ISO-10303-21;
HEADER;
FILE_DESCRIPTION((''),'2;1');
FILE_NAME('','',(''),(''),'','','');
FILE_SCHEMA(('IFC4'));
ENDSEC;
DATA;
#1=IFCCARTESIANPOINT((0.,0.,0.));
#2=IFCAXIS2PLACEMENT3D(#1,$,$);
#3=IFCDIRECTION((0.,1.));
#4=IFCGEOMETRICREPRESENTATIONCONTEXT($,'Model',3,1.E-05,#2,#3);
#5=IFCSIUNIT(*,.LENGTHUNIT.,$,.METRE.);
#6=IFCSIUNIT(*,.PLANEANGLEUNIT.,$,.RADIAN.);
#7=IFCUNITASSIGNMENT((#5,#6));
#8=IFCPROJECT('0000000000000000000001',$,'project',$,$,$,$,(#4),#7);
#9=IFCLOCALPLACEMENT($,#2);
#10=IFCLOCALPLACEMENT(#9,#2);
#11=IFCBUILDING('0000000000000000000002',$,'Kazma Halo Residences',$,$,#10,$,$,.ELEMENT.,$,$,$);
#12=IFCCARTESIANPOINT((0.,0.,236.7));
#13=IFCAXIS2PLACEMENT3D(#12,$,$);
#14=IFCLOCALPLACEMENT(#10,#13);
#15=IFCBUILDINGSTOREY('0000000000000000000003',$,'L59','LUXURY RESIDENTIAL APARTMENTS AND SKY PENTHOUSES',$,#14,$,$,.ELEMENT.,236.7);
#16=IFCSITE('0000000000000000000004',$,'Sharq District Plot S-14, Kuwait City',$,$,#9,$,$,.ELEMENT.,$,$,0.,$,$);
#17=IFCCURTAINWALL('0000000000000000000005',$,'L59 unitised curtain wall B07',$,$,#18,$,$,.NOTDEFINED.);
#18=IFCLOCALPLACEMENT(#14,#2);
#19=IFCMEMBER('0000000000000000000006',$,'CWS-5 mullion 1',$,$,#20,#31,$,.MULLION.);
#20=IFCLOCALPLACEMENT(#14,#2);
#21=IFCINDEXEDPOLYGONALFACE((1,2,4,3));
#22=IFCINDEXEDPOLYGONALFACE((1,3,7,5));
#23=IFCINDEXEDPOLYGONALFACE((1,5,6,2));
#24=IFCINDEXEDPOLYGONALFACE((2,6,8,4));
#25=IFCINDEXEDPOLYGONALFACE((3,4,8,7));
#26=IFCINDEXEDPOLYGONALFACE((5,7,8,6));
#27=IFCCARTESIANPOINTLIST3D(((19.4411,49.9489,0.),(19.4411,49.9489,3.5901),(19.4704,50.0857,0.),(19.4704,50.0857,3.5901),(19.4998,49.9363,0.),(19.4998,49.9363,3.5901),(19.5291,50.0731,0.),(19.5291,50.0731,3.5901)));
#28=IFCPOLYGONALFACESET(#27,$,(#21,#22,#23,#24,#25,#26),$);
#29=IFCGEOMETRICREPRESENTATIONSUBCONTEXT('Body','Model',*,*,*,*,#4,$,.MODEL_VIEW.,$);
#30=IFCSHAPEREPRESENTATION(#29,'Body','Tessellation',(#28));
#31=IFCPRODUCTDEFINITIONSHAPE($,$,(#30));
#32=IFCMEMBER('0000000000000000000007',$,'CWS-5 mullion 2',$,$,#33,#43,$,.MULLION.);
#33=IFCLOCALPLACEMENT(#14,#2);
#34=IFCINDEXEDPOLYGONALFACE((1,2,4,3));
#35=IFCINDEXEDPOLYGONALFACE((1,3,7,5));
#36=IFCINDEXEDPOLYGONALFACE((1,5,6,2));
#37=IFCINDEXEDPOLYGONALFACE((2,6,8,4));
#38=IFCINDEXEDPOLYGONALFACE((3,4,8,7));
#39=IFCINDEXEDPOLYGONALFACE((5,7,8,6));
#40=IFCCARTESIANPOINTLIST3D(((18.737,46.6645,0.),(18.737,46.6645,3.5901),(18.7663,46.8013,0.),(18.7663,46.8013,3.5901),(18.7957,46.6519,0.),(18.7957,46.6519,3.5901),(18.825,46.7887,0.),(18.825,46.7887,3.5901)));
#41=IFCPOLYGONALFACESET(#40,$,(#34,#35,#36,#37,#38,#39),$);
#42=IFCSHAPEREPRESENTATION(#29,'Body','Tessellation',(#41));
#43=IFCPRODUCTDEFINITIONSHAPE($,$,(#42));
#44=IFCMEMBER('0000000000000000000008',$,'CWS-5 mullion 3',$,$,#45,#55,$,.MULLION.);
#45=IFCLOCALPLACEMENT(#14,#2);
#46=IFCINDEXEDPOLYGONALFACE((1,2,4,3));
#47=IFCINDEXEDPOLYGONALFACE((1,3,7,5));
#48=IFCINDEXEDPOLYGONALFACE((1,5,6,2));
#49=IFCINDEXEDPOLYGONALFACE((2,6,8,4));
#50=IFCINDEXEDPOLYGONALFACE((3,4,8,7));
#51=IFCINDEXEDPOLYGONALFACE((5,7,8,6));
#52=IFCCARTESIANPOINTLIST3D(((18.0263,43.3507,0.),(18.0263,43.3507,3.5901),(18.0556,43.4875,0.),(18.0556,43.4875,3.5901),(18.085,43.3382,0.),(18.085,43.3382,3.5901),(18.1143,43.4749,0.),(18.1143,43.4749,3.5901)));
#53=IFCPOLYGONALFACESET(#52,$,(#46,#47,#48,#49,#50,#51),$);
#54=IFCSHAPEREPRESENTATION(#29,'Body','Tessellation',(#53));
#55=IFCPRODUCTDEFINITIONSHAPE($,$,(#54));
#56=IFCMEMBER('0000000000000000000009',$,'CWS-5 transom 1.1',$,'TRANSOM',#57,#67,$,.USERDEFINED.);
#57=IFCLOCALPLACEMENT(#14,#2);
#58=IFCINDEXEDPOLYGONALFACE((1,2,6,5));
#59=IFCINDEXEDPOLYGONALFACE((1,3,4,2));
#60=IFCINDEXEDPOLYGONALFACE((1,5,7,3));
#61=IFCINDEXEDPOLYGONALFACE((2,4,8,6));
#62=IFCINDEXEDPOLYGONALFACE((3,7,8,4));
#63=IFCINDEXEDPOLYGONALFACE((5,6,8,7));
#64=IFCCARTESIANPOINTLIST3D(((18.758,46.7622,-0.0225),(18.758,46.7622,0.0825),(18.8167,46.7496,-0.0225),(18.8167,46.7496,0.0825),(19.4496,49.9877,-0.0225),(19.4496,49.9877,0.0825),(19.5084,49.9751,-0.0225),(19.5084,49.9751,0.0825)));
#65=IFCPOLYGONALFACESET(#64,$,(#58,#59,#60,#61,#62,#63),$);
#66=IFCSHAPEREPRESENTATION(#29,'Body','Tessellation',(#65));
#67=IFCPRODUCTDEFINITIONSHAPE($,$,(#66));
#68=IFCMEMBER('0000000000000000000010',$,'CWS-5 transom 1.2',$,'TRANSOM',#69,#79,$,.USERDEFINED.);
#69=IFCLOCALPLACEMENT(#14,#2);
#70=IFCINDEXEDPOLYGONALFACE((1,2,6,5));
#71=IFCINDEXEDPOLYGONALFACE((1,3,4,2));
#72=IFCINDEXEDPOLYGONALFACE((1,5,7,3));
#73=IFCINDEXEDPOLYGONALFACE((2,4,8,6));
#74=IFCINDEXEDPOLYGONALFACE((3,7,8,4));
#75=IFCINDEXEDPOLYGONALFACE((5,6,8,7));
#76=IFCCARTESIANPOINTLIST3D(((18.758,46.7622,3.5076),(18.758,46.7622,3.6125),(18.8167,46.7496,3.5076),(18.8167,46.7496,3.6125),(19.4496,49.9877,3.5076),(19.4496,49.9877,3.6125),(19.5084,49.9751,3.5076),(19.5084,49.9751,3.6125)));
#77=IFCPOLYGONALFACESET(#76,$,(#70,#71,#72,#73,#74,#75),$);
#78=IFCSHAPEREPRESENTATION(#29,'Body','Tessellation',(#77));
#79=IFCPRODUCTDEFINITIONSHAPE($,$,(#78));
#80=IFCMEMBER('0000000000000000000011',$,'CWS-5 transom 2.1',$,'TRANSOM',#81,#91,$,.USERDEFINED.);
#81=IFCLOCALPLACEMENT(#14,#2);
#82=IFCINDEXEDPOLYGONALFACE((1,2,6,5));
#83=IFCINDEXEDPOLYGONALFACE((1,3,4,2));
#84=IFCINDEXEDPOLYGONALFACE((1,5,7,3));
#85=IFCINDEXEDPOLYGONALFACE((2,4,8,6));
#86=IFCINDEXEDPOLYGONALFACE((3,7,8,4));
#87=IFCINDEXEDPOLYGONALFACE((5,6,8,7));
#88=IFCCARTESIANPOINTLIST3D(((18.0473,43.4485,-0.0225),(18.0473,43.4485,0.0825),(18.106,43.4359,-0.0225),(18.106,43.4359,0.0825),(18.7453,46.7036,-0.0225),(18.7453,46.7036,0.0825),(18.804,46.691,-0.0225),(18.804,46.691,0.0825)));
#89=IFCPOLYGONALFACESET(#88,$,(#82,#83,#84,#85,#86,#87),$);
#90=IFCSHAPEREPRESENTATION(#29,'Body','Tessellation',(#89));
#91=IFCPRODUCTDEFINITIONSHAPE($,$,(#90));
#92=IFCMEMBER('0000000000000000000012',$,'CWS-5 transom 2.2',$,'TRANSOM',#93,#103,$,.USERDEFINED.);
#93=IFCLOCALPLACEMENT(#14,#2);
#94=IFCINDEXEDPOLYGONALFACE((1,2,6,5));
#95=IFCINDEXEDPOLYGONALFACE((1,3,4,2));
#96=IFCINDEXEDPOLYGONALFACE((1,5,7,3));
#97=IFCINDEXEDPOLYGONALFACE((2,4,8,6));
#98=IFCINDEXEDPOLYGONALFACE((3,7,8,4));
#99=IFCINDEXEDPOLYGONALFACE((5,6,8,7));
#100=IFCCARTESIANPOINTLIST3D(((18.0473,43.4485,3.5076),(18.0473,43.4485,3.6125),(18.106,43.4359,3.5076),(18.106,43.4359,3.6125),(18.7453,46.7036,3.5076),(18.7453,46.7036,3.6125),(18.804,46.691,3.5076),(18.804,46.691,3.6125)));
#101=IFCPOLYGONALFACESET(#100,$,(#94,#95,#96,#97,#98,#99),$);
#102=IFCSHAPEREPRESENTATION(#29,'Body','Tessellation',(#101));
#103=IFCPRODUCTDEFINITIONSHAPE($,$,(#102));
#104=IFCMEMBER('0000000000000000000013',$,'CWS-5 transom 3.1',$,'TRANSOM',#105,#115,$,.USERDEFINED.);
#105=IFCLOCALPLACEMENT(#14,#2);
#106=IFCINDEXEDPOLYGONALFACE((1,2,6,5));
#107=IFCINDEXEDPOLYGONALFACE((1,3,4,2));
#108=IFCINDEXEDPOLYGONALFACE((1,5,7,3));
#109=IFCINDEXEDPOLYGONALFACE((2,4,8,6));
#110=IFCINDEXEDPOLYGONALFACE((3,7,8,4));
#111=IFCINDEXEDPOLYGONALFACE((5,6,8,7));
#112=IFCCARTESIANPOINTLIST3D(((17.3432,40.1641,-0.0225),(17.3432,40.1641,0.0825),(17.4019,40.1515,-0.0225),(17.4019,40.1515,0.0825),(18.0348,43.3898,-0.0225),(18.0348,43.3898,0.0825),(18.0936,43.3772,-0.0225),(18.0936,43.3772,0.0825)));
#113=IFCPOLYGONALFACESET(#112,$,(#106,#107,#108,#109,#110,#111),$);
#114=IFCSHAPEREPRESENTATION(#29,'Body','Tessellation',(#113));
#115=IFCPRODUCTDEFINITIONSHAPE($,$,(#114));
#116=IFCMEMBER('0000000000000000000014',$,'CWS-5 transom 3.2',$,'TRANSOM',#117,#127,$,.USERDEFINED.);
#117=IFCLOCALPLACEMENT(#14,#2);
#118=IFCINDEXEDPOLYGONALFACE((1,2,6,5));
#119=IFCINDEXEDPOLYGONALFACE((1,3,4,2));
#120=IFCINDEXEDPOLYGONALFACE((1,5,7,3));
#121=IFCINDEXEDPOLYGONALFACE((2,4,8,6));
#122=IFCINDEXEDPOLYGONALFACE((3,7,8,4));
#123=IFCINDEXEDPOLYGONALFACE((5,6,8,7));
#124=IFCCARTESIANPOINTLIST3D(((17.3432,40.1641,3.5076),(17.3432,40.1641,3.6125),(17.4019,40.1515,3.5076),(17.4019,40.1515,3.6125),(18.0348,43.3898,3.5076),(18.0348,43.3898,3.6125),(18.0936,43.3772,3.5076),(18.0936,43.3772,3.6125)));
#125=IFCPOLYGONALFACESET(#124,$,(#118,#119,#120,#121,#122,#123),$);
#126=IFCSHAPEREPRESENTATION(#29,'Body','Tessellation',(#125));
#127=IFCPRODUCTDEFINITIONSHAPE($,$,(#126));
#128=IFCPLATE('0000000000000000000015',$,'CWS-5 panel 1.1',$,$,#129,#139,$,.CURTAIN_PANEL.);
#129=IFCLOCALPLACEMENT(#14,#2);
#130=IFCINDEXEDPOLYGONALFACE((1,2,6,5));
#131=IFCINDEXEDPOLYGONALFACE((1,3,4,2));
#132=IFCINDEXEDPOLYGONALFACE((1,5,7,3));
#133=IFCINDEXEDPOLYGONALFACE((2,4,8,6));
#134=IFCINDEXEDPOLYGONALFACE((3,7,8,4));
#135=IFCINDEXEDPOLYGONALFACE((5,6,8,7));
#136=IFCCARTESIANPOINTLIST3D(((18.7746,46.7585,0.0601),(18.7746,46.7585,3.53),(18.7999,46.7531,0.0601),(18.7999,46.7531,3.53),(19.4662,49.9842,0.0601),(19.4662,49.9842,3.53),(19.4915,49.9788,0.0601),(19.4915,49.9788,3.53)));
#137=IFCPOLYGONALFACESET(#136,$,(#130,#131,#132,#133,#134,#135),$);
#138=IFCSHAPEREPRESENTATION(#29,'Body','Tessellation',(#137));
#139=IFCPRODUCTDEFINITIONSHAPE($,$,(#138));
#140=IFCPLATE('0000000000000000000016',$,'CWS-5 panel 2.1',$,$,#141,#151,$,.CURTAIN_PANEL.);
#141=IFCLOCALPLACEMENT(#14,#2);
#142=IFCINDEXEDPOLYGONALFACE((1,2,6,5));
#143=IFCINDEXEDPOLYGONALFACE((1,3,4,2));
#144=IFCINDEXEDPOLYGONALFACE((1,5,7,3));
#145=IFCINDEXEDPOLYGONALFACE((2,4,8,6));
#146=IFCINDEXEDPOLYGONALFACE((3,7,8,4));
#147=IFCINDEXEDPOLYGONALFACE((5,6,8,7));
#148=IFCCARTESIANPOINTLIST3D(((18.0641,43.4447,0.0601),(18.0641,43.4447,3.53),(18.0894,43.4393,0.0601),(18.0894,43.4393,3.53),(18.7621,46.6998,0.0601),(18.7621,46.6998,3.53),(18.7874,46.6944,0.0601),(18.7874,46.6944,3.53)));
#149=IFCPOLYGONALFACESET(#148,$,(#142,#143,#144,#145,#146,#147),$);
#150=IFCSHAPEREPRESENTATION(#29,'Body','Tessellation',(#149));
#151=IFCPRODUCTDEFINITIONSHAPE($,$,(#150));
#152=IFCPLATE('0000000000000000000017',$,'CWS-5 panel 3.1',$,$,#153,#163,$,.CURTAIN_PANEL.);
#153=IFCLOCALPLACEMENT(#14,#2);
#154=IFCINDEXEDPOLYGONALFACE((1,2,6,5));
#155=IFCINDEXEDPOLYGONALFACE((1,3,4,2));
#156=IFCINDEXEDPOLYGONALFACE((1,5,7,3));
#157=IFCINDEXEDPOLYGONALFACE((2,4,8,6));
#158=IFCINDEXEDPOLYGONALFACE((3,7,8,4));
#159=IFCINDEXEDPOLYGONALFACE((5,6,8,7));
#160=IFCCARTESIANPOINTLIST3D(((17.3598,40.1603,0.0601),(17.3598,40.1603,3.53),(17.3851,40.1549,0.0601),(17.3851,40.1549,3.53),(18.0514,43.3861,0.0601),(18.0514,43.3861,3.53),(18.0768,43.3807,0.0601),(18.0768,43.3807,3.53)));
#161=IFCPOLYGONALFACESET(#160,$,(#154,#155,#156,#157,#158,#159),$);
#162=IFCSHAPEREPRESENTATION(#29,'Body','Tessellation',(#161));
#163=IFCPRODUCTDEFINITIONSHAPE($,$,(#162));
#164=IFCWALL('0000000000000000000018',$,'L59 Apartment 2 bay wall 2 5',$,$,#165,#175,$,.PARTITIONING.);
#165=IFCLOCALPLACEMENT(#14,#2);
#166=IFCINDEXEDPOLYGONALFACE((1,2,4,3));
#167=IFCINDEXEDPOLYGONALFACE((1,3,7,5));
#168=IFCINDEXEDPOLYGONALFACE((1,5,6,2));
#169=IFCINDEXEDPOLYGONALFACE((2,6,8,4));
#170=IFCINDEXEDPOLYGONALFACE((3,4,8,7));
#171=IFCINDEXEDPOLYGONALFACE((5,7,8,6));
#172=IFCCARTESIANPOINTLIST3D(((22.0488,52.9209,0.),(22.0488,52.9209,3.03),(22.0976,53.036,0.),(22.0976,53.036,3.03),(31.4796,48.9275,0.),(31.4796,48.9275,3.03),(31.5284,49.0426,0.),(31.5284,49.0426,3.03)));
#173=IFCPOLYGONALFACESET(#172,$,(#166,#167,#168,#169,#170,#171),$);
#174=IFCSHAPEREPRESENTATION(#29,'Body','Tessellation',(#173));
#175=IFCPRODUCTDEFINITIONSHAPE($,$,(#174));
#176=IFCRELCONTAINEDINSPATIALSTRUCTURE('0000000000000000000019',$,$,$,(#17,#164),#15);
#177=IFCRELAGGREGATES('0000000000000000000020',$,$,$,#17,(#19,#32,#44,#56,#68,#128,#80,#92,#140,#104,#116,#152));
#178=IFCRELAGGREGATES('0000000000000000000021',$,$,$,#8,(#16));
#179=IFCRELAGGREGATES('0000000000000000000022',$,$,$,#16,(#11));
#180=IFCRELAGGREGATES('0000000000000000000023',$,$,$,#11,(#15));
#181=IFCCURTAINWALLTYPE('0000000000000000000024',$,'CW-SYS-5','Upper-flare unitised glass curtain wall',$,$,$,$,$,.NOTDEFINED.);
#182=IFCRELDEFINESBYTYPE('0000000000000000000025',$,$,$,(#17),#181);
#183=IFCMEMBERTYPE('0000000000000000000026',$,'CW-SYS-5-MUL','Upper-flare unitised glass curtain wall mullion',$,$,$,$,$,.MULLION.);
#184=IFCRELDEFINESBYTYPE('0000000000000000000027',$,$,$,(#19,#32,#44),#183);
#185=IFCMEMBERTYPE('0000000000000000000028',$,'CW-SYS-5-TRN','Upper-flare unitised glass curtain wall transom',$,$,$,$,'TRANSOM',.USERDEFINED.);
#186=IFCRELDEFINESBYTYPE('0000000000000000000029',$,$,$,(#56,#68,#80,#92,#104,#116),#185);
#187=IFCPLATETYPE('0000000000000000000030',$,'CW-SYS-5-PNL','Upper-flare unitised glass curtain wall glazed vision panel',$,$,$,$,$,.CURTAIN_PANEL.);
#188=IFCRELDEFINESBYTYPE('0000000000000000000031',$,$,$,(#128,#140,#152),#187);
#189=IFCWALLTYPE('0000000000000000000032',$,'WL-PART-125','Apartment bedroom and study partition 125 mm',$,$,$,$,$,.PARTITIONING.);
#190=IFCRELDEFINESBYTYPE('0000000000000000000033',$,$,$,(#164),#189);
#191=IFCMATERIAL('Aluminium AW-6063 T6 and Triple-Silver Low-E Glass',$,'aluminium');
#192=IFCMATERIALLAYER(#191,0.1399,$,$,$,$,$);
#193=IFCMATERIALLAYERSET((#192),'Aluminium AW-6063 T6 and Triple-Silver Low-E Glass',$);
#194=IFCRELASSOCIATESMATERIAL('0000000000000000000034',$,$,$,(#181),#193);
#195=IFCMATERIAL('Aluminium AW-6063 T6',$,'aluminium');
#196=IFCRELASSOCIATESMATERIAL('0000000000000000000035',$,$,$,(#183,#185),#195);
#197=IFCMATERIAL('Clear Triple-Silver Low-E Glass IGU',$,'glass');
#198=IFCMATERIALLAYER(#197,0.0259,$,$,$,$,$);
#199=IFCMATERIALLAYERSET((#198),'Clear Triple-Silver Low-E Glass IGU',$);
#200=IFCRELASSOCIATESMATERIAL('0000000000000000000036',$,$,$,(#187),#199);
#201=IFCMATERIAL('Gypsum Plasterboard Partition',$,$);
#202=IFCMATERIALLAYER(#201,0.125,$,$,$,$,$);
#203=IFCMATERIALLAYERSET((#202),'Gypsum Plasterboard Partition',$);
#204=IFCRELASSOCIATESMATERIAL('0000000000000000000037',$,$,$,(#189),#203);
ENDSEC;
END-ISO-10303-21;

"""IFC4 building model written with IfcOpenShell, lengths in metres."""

from ifc_helpers import new_model, si_unit, direction, frame, frame_2d, origin, origin_2d, place, context, subcontext, project, spatial, rectangle, extrude, material, layer, layer_set, material_profile, profile_set, type_object, element, aggregate, save


model = new_model("IFC4")

# Units and contexts
model_context = context("Model", 3, precision=1e-05, world=origin(), true_north=direction((0.0, 1.0)))
body_context = subcontext(model_context, "Body", "Model", "MODEL_VIEW")
ifc_project = project(units=[si_unit("LENGTHUNIT", "METRE"), si_unit("PLANEANGLEUNIT", "RADIAN")], contexts=[model_context])

# Site, building, storey
site_placement = place(None, origin())
site = spatial("IfcSite", under=ifc_project, at=site_placement, Name="Sharq District Plot S-14, Kuwait City", CompositionType="ELEMENT", RefElevation=0.0)
building_placement = place(site_placement, origin())
building = spatial("IfcBuilding", under=site, at=building_placement, Name="Kazma Halo Residences", CompositionType="ELEMENT")
storey_placement = place(building_placement, frame((0.0, 0.0, 236.7)))
storey = spatial("IfcBuildingStorey", under=building, at=storey_placement, Name="L59", Description="LUXURY RESIDENTIAL APARTMENTS AND SKY PENTHOUSES", CompositionType="ELEMENT", Elevation=236.7)

# Curtain wall, members, plates
ifc_material_1 = material(Name="Aluminium AW-6063 T6 and Triple-Silver Low-E Glass", Category="aluminium")
ifc_layer_1 = layer(ifc_material_1, 0.1399)
ifc_layer_set_1 = layer_set([ifc_layer_1], Name="Aluminium AW-6063 T6 and Triple-Silver Low-E Glass")
curtain_wall_type = type_object("IfcCurtainWallType", Name="CW-SYS-5", Description="Upper-flare unitised glass curtain wall", PredefinedType="NOTDEFINED", material=ifc_layer_set_1)
curtain_wall_placement = place(storey_placement, origin())
curtain_wall = element("IfcCurtainWall", 1, at=curtain_wall_placement, inside=storey, type_object=curtain_wall_type, Name="L59 unitised curtain wall B07", PredefinedType="NOTDEFINED")
ifc_material_2 = material(Name="Aluminium AW-6063 T6", Category="aluminium")
ifc_material_profile_1 = material_profile(ifc_material_2, rectangle(XDim=0.0601, YDim=0.1399, at=origin_2d()), Name="CWM-60x140")
ifc_profile_set_1 = profile_set([ifc_material_profile_1], Name="Aluminium AW-6063 T6")
member_type_1 = type_object("IfcMemberType", Name="CW-SYS-5-MUL", Description="Upper-flare unitised glass curtain wall mullion", PredefinedType="MULLION", material=ifc_profile_set_1)
member_1_placement = place(storey_placement, frame((19.4851, 50.011, 0.0), z_axis=(0.0, 0.0, 1.0), x_axis=(0.977775, -0.209657, 0.0)))
member_1 = element("IfcMember", 2, at=member_1_placement, type_object=member_type_1, Name="CWS-5 mullion 1", PredefinedType="MULLION", context=body_context, shape_type="SweptSolid", body=[
    extrude(rectangle(XDim=0.0601, YDim=0.1399, at=origin_2d()), origin(), (0.0, 0.0, 1.0), 3.5901),
])
member_2_placement = place(storey_placement, frame((18.781, 46.7266, 0.0), z_axis=(0.0, 0.0, 1.0), x_axis=(0.977775, -0.209657, 0.0)))
member_2 = element("IfcMember", 3, at=member_2_placement, type_object=member_type_1, Name="CWS-5 mullion 2", PredefinedType="MULLION", context=body_context, shape_type="SweptSolid", body=[
    extrude(rectangle(XDim=0.0601, YDim=0.1399, at=origin_2d()), origin(), (0.0, 0.0, 1.0), 3.5901),
])
member_3_placement = place(storey_placement, frame((18.0703, 43.4128, 0.0), z_axis=(0.0, 0.0, 1.0), x_axis=(0.977775, -0.209657, 0.0)))
member_3 = element("IfcMember", 4, at=member_3_placement, type_object=member_type_1, Name="CWS-5 mullion 3", PredefinedType="MULLION", context=body_context, shape_type="SweptSolid", body=[
    extrude(rectangle(XDim=0.0601, YDim=0.1399, at=origin_2d()), origin(), (0.0, 0.0, 1.0), 3.5901),
])
ifc_material_profile_2 = material_profile(ifc_material_2, rectangle(XDim=0.0601, YDim=0.105, at=origin_2d()), Name="CWT-60x105")
ifc_profile_set_2 = profile_set([ifc_material_profile_2], Name="Aluminium AW-6063 T6")
member_type_2 = type_object("IfcMemberType", Name="CW-SYS-5-TRN", Description="Upper-flare unitised glass curtain wall transom", ElementType="TRANSOM", PredefinedType="USERDEFINED", material=ifc_profile_set_2)
member_4_placement = place(storey_placement, frame((19.479, 49.9814, 0.03), z_axis=(-0.20966, -0.977774, 0.0), x_axis=(0.977774, -0.20966, 0.0)))
member_4 = element("IfcMember", 5, at=member_4_placement, type_object=member_type_2, Name="CWS-5 transom 1.1", ObjectType="TRANSOM", PredefinedType="USERDEFINED", context=body_context, shape_type="SweptSolid", body=[
    extrude(rectangle(XDim=0.0601, YDim=0.105, at=origin_2d()), origin(), (0.0, 0.0, 1.0), 3.2988),
])
member_5_placement = place(storey_placement, frame((19.479, 49.9814, 3.5601), z_axis=(-0.20966, -0.977774, 0.0), x_axis=(0.977774, -0.20966, 0.0)))
member_5 = element("IfcMember", 6, at=member_5_placement, type_object=member_type_2, Name="CWS-5 transom 1.2", ObjectType="TRANSOM", PredefinedType="USERDEFINED", context=body_context, shape_type="SweptSolid", body=[
    extrude(rectangle(XDim=0.0601, YDim=0.105, at=origin_2d()), origin(), (0.0, 0.0, 1.0), 3.2988),
])
member_6_placement = place(storey_placement, frame((18.7747, 46.6973, 0.03), z_axis=(-0.209664, -0.977773, 0.0), x_axis=(0.977773, -0.209664, 0.0)))
member_6 = element("IfcMember", 7, at=member_6_placement, type_object=member_type_2, Name="CWS-5 transom 2.1", ObjectType="TRANSOM", PredefinedType="USERDEFINED", context=body_context, shape_type="SweptSolid", body=[
    extrude(rectangle(XDim=0.0601, YDim=0.105, at=origin_2d()), origin(), (0.0, 0.0, 1.0), 3.3291),
])
member_7_placement = place(storey_placement, frame((18.7747, 46.6973, 3.5601), z_axis=(-0.209664, -0.977773, 0.0), x_axis=(0.977773, -0.209664, 0.0)))
member_7 = element("IfcMember", 8, at=member_7_placement, type_object=member_type_2, Name="CWS-5 transom 2.2", ObjectType="TRANSOM", PredefinedType="USERDEFINED", context=body_context, shape_type="SweptSolid", body=[
    extrude(rectangle(XDim=0.0601, YDim=0.105, at=origin_2d()), origin(), (0.0, 0.0, 1.0), 3.3291),
])
member_8_placement = place(storey_placement, frame((18.0642, 43.3835, 0.03), z_axis=(-0.209645, -0.977777, 0.0), x_axis=(0.977777, -0.209645, 0.0)))
member_8 = element("IfcMember", 9, at=member_8_placement, type_object=member_type_2, Name="CWS-5 transom 3.1", ObjectType="TRANSOM", PredefinedType="USERDEFINED", context=body_context, shape_type="SweptSolid", body=[
    extrude(rectangle(XDim=0.0601, YDim=0.105, at=origin_2d()), origin(), (0.0, 0.0, 1.0), 3.2991),
])
member_9_placement = place(storey_placement, frame((18.0642, 43.3835, 3.5601), z_axis=(-0.209645, -0.977777, 0.0), x_axis=(0.977777, -0.209645, 0.0)))
member_9 = element("IfcMember", 10, at=member_9_placement, type_object=member_type_2, Name="CWS-5 transom 3.2", ObjectType="TRANSOM", PredefinedType="USERDEFINED", context=body_context, shape_type="SweptSolid", body=[
    extrude(rectangle(XDim=0.0601, YDim=0.105, at=origin_2d()), origin(), (0.0, 0.0, 1.0), 3.2991),
])
ifc_material_3 = material(Name="Clear Triple-Silver Low-E Glass IGU", Category="glass")
ifc_layer_2 = layer(ifc_material_3, 0.0259)
ifc_layer_set_2 = layer_set([ifc_layer_2], Name="Clear Triple-Silver Low-E Glass IGU")
plate_type = type_object("IfcPlateType", Name="CW-SYS-5-PNL", Description="Upper-flare unitised glass curtain wall glazed vision panel", PredefinedType="CURTAIN_PANEL", material=ifc_layer_set_2)
plate_1_placement = place(storey_placement, frame((19.1331, 48.3687, 0.0601), z_axis=(0.0, 0.0, 1.0), x_axis=(-0.209657, -0.977775, 0.0)))
plate_1 = element("IfcPlate", 11, at=plate_1_placement, type_object=plate_type, Name="CWS-5 panel 1.1", PredefinedType="CURTAIN_PANEL", context=body_context, shape_type="SweptSolid", body=[
    extrude(rectangle(XDim=3.2991, YDim=0.0259, at=origin_2d()), origin(), (0.0, 0.0, 1.0), 3.47),
])
plate_2_placement = place(storey_placement, frame((18.4258, 45.0696, 0.0601), z_axis=(0.0, 0.0, 1.0), x_axis=(-0.209657, -0.977775, 0.0)))
plate_2 = element("IfcPlate", 12, at=plate_2_placement, type_object=plate_type, Name="CWS-5 panel 2.1", PredefinedType="CURTAIN_PANEL", context=body_context, shape_type="SweptSolid", body=[
    extrude(rectangle(XDim=3.3291, YDim=0.0259, at=origin_2d()), origin(), (0.0, 0.0, 1.0), 3.47),
])
plate_3_placement = place(storey_placement, frame((17.7183, 41.7705, 0.0601), z_axis=(0.0, 0.0, 1.0), x_axis=(-0.209657, -0.977775, 0.0)))
plate_3 = element("IfcPlate", 13, at=plate_3_placement, type_object=plate_type, Name="CWS-5 panel 3.1", PredefinedType="CURTAIN_PANEL", context=body_context, shape_type="SweptSolid", body=[
    extrude(rectangle(XDim=3.2991, YDim=0.0259, at=origin_2d()), origin(), (0.0, 0.0, 1.0), 3.47),
])
aggregate(curtain_wall, [member_1, member_2, member_3, member_4, member_5, plate_1, member_6, member_7, plate_2, member_8, member_9, plate_3])

# Wall
ifc_material_4 = material(Name="Gypsum Plasterboard Partition")
ifc_layer_3 = layer(ifc_material_4, 0.125)
ifc_layer_set_3 = layer_set([ifc_layer_3], Name="Gypsum Plasterboard Partition")
wall_type_1 = type_object("IfcWallType", Name="WL-PART-125", Description="Apartment bedroom and study partition 125 mm", PredefinedType="PARTITIONING", material=ifc_layer_set_3)
wall_1_placement = place(storey_placement, frame((31.5039, 48.9851, 0.0), z_axis=(0.0, 0.0, 1.0), x_axis=(-0.920848, 0.389922, 0.0)))
element("IfcWall", 14, at=wall_1_placement, inside=storey, type_object=wall_type_1, Name="L59 Apartment 2 bay wall 2 5", PredefinedType="PARTITIONING", context=body_context, shape_type="SweptSolid", body=[
    extrude(rectangle(XDim=10.2415, YDim=0.125, at=frame_2d((5.1206, 0.0))), origin(), (0.0, 0.0, 1.0), 3.03),
])

save(model, "model.ifc")
